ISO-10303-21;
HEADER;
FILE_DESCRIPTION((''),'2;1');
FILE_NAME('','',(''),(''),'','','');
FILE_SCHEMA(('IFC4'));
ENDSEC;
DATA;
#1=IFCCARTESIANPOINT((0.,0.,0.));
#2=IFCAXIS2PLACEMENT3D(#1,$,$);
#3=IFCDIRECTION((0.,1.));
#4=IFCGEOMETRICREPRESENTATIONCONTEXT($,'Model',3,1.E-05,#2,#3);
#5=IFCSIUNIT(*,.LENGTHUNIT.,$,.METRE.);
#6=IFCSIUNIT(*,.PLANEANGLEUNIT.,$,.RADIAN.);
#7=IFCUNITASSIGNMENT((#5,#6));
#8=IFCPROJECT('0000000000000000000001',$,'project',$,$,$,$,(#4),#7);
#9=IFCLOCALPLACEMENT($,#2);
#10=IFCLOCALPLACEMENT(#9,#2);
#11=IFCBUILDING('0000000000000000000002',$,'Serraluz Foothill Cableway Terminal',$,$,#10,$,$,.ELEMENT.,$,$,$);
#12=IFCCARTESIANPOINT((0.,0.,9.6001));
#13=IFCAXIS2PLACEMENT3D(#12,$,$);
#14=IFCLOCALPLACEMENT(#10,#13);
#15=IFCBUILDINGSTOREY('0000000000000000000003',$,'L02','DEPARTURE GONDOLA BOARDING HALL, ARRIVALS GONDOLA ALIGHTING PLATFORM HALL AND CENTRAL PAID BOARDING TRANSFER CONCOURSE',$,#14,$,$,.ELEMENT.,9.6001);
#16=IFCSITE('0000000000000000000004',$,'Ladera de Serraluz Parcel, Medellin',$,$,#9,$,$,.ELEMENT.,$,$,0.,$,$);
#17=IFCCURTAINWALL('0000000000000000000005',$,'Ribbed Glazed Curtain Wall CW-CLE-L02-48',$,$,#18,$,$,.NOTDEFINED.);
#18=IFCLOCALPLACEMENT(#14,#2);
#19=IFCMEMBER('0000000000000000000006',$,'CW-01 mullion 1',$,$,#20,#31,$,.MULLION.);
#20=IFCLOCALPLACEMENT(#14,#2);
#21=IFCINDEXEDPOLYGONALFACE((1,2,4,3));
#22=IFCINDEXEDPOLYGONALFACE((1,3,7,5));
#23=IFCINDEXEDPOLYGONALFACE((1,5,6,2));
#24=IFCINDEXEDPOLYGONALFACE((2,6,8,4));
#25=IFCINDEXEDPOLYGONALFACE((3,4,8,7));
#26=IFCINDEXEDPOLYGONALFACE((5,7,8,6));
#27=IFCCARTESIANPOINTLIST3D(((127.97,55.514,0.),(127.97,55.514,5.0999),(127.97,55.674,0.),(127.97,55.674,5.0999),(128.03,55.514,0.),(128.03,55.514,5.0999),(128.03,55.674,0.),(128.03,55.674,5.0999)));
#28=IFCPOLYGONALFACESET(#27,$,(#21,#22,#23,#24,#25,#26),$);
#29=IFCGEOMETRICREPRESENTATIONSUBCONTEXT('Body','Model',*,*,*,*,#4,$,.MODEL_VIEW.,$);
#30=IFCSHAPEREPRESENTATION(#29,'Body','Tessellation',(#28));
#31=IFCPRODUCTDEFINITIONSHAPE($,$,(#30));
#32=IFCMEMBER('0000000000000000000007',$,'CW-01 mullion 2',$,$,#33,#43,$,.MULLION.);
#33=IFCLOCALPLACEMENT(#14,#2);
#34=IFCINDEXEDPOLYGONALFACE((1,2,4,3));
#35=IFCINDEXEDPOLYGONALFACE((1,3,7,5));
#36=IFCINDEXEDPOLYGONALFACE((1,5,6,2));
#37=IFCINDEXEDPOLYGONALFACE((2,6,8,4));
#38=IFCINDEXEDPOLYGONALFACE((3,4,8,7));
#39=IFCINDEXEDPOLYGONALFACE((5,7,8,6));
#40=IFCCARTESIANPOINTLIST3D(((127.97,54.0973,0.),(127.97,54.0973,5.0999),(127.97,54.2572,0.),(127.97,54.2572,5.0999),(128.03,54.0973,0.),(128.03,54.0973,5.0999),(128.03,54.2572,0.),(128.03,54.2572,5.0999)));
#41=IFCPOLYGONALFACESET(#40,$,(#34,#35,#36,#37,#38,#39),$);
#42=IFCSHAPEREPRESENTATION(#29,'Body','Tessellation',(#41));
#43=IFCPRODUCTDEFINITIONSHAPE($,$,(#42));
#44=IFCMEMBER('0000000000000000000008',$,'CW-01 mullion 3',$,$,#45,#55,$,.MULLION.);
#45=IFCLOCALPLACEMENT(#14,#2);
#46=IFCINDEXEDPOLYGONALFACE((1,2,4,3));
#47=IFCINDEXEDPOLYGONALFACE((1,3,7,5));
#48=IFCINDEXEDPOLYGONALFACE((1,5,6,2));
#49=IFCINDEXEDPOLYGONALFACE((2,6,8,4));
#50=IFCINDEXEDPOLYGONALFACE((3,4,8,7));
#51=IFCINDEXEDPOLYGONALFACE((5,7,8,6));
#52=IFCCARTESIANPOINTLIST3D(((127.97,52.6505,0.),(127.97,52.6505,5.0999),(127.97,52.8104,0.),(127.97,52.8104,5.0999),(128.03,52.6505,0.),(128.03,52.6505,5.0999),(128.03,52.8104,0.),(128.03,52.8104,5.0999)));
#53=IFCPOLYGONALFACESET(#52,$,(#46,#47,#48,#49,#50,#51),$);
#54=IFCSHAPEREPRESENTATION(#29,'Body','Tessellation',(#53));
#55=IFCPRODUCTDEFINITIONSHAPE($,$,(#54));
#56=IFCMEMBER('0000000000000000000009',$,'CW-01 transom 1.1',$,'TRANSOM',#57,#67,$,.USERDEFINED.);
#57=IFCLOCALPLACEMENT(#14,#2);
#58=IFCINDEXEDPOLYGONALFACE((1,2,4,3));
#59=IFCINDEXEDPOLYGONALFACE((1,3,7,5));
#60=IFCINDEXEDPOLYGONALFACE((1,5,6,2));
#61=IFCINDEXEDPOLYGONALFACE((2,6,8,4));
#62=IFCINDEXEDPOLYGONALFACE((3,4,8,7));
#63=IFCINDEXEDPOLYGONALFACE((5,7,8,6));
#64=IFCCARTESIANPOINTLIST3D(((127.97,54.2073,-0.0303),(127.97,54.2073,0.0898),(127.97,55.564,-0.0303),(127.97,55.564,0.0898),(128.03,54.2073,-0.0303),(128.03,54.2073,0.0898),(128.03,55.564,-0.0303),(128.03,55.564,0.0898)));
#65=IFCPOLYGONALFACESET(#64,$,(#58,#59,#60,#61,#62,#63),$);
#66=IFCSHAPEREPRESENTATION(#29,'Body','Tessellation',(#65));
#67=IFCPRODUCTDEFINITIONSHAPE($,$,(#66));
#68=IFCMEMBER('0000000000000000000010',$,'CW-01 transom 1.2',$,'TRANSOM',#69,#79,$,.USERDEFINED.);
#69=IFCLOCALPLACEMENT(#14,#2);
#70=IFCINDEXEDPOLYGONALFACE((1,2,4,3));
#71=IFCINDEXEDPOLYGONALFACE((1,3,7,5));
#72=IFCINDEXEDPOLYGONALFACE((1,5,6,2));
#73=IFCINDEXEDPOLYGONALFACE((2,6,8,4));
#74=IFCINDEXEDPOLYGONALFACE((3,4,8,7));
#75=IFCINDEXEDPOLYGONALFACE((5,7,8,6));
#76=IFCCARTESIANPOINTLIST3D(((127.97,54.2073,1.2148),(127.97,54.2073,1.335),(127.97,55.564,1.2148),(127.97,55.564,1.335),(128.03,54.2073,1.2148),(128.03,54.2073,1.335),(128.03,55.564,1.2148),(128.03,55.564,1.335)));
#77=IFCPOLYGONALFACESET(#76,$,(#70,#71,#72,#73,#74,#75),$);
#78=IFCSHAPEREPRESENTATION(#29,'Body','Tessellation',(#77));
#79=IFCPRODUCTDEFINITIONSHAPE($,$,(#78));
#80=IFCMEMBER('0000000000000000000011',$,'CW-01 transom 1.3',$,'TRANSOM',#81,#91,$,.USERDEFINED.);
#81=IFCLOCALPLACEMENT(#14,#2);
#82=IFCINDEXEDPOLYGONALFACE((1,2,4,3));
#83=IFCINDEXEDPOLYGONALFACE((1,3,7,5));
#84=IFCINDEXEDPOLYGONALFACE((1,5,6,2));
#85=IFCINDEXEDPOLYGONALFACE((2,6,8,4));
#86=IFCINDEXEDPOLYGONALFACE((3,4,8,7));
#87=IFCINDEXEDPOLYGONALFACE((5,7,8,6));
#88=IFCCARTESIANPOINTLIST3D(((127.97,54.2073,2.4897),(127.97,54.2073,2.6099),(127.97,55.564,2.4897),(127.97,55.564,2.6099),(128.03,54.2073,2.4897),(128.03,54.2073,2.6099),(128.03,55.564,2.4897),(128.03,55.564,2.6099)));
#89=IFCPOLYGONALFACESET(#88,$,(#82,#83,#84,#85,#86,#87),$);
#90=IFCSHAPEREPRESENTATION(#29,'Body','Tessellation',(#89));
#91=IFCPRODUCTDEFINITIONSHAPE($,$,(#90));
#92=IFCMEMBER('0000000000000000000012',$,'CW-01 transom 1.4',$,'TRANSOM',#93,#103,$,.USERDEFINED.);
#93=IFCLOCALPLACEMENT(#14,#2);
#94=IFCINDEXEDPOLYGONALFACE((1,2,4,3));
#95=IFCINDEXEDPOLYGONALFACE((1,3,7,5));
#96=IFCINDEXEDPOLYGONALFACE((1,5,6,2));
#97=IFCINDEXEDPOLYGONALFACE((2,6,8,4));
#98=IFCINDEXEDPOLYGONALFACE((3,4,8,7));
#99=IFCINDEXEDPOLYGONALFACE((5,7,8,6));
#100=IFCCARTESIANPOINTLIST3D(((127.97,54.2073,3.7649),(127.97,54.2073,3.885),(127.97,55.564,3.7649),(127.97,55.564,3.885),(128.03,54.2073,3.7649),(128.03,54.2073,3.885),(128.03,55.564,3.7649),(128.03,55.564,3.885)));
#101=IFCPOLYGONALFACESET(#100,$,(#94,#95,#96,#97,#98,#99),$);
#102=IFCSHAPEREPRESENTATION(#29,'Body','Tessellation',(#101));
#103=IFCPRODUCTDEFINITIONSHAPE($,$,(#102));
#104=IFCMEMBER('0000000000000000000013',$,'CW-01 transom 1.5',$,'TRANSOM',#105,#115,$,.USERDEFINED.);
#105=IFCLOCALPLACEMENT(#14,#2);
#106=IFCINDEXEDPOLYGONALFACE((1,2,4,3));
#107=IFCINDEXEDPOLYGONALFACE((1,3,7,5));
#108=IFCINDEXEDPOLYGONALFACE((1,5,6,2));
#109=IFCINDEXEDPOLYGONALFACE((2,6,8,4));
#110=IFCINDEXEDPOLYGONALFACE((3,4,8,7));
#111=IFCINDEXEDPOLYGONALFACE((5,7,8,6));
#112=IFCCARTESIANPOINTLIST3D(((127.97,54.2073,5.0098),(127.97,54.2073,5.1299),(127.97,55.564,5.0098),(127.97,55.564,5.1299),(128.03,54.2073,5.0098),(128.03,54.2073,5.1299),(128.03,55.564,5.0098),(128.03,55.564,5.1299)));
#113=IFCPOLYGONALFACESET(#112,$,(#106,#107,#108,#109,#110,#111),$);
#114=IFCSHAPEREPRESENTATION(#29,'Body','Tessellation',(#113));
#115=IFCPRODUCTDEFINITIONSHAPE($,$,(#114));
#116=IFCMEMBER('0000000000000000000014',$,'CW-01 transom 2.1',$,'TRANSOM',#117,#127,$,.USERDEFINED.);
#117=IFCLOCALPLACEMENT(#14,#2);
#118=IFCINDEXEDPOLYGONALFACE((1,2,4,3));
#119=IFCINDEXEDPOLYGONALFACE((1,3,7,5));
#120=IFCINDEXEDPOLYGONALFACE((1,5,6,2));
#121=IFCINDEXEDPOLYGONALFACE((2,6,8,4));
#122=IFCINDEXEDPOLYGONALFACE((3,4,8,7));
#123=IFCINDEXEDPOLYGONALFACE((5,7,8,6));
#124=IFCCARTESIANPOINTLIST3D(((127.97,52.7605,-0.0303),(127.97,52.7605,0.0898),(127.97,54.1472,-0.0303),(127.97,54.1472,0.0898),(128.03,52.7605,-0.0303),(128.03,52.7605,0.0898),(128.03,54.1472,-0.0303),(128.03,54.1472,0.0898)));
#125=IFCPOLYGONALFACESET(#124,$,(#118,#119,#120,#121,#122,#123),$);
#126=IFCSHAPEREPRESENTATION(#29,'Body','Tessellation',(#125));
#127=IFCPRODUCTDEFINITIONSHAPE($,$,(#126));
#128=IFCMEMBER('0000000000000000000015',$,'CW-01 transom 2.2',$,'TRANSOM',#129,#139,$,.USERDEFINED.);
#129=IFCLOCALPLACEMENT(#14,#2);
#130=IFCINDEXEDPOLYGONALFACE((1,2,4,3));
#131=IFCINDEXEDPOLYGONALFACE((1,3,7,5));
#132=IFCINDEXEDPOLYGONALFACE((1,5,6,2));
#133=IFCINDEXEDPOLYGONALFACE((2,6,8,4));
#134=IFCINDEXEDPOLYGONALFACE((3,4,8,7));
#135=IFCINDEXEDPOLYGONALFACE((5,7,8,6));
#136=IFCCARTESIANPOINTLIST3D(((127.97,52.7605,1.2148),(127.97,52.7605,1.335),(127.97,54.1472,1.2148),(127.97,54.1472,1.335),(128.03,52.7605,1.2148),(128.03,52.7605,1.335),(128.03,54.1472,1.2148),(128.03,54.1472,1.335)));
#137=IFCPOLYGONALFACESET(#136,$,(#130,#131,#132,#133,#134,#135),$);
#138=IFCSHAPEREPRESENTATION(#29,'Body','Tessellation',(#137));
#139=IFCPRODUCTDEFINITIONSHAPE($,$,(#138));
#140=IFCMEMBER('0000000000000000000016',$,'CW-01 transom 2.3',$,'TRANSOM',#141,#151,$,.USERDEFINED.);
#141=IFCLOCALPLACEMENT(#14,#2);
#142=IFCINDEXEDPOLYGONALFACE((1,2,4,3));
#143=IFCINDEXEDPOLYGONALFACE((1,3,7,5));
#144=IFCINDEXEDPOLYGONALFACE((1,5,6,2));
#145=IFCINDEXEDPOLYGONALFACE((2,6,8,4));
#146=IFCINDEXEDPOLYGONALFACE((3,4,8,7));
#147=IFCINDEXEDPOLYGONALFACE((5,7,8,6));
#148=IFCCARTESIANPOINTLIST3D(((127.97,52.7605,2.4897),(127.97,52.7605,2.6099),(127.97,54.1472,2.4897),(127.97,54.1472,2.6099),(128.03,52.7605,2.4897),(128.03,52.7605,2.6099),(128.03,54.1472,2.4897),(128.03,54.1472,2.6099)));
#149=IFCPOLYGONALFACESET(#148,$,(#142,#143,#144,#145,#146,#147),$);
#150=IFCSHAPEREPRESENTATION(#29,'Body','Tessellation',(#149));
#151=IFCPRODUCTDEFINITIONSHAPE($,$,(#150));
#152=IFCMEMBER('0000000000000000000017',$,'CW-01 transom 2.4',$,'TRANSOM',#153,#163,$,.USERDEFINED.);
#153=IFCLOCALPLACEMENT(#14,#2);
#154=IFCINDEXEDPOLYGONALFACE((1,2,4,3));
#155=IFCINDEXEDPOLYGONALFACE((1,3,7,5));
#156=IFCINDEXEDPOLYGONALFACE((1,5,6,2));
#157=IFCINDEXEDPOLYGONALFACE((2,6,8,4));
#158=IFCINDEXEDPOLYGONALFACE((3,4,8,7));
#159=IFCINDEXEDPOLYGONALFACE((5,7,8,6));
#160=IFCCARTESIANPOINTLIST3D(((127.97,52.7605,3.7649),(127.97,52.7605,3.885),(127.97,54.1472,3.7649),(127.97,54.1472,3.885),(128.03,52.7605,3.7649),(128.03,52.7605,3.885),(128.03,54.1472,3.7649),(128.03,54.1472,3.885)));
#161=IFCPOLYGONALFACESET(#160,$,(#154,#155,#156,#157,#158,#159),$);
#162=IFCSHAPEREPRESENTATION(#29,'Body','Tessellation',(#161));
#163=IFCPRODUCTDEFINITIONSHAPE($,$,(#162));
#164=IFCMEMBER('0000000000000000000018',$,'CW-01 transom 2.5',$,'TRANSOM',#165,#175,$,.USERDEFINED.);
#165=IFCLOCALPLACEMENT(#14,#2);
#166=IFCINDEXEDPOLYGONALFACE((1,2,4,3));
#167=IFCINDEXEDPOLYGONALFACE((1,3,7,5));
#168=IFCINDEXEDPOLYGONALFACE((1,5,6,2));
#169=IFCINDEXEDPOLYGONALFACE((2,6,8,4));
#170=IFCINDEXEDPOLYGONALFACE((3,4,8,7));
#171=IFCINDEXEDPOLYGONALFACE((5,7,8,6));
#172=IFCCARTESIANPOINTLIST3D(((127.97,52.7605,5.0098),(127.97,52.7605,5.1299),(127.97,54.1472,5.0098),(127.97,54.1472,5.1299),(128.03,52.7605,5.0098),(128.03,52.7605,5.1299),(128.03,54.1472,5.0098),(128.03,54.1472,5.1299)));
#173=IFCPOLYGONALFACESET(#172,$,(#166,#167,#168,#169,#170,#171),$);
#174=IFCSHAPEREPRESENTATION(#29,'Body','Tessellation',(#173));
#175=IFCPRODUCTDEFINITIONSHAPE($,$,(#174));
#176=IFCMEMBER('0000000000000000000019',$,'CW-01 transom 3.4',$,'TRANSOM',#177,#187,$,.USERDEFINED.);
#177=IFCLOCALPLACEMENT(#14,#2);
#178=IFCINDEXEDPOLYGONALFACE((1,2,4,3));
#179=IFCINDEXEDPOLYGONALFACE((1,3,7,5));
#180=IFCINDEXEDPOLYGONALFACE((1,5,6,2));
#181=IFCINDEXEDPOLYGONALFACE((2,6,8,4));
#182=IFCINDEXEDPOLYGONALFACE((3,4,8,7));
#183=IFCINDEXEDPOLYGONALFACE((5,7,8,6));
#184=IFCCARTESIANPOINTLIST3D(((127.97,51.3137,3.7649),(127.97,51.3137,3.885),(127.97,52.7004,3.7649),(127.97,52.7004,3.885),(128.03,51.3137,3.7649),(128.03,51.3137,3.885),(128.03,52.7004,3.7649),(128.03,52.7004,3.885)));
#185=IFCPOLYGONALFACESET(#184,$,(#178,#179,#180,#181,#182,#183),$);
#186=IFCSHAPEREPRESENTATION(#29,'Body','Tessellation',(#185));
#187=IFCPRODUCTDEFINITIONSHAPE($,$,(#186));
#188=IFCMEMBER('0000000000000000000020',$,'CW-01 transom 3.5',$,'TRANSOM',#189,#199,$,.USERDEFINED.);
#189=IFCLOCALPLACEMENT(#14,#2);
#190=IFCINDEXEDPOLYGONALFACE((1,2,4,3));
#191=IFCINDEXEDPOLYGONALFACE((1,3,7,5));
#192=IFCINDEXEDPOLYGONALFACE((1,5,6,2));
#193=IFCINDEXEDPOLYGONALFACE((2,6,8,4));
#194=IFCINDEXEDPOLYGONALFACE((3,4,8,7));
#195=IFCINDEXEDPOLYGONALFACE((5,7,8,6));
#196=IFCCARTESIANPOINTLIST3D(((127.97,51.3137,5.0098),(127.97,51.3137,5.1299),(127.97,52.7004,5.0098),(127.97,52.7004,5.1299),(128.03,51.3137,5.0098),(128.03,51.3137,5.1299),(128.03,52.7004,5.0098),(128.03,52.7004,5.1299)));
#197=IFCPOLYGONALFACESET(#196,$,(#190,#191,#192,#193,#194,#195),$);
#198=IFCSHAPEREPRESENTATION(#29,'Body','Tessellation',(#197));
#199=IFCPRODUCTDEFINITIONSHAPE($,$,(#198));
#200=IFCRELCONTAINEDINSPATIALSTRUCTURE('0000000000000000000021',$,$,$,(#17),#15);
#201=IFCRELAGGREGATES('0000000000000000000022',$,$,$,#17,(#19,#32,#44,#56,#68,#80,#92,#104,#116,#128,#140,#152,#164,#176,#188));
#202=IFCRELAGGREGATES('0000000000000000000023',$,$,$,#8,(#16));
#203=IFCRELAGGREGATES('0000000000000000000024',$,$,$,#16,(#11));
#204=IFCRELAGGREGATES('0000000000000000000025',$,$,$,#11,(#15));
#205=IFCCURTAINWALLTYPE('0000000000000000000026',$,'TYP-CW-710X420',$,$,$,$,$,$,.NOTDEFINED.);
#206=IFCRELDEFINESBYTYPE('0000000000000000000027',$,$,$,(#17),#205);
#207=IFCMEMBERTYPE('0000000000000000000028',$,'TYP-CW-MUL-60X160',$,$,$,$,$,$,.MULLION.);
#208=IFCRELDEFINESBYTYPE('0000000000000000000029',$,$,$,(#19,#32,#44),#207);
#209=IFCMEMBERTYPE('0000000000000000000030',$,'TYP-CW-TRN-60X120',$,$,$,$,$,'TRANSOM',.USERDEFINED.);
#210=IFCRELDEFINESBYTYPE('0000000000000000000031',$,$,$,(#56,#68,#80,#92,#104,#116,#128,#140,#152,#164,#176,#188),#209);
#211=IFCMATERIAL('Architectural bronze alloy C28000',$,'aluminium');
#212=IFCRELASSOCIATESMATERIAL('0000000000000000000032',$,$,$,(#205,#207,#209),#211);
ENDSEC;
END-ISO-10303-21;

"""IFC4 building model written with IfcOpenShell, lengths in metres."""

from ifc_helpers import new_model, si_unit, direction, frame, origin, origin_2d, place, context, subcontext, project, spatial, rectangle, extrude, material, material_profile, profile_set, type_object, element, aggregate, save


model = new_model("IFC4")

# Units and contexts
model_context = context("Model", 3, precision=1e-05, world=origin(), true_north=direction((0.0, 1.0)))
body_context = subcontext(model_context, "Body", "Model", "MODEL_VIEW")
ifc_project = project(units=[si_unit("LENGTHUNIT", "METRE"), si_unit("PLANEANGLEUNIT", "RADIAN")], contexts=[model_context])

# Site, building, storey
site_placement = place(None, origin())
site = spatial("IfcSite", under=ifc_project, at=site_placement, Name="Ladera de Serraluz Parcel, Medellin", CompositionType="ELEMENT", RefElevation=0.0)
building_placement = place(site_placement, origin())
building = spatial("IfcBuilding", under=site, at=building_placement, Name="Serraluz Foothill Cableway Terminal", CompositionType="ELEMENT")
storey_placement = place(building_placement, frame((0.0, 0.0, 9.6001)))
storey = spatial("IfcBuildingStorey", under=building, at=storey_placement, Name="L02", Description="DEPARTURE GONDOLA BOARDING HALL, ARRIVALS GONDOLA ALIGHTING PLATFORM HALL AND CENTRAL PAID BOARDING TRANSFER CONCOURSE", CompositionType="ELEMENT", Elevation=9.6001)

# Curtain wall, members
ifc_material_1 = material(Name="Architectural bronze alloy C28000", Category="aluminium")
curtain_wall_type = type_object("IfcCurtainWallType", Name="TYP-CW-710X420", PredefinedType="NOTDEFINED", material=ifc_material_1)
curtain_wall_placement = place(storey_placement, origin())
curtain_wall = element("IfcCurtainWall", 1, at=curtain_wall_placement, inside=storey, type_object=curtain_wall_type, Name="Ribbed Glazed Curtain Wall CW-CLE-L02-48", PredefinedType="NOTDEFINED")
ifc_material_profile_1 = material_profile(ifc_material_1, rectangle(XDim=0.0601, YDim=0.1599, at=origin_2d()), Name="ALU MULLION 60x160")
ifc_profile_set_1 = profile_set([ifc_material_profile_1], Name="Architectural bronze alloy C28000")
member_type_1 = type_object("IfcMemberType", Name="TYP-CW-MUL-60X160", PredefinedType="MULLION", material=ifc_profile_set_1)
member_1_placement = place(storey_placement, frame((128.0, 55.594, 0.0), z_axis=(0.0, 0.0, 1.0), x_axis=(1.0, 0.0, 0.0)))
member_1 = element("IfcMember", 2, at=member_1_placement, type_object=member_type_1, Name="CW-01 mullion 1", PredefinedType="MULLION", context=body_context, shape_type="SweptSolid", body=[
    extrude(rectangle(XDim=0.0601, YDim=0.1599, at=origin_2d()), origin(), (0.0, 0.0, 1.0), 5.0999),
])
member_2_placement = place(storey_placement, frame((128.0, 54.1772, 0.0), z_axis=(0.0, 0.0, 1.0), x_axis=(1.0, 0.0, 0.0)))
member_2 = element("IfcMember", 3, at=member_2_placement, type_object=member_type_1, Name="CW-01 mullion 2", PredefinedType="MULLION", context=body_context, shape_type="SweptSolid", body=[
    extrude(rectangle(XDim=0.0601, YDim=0.1599, at=origin_2d()), origin(), (0.0, 0.0, 1.0), 5.0999),
])
member_3_placement = place(storey_placement, frame((128.0, 52.7305, 0.0), z_axis=(0.0, 0.0, 1.0), x_axis=(1.0, 0.0, 0.0)))
member_3 = element("IfcMember", 4, at=member_3_placement, type_object=member_type_1, Name="CW-01 mullion 3", PredefinedType="MULLION", context=body_context, shape_type="SweptSolid", body=[
    extrude(rectangle(XDim=0.0601, YDim=0.1599, at=origin_2d()), origin(), (0.0, 0.0, 1.0), 5.0999),
])
ifc_material_profile_2 = material_profile(ifc_material_1, rectangle(XDim=0.0601, YDim=0.1201, at=origin_2d()), Name="ALU TRANSOM 60x120")
ifc_profile_set_2 = profile_set([ifc_material_profile_2], Name="Architectural bronze alloy C28000")
member_type_2 = type_object("IfcMemberType", Name="TYP-CW-TRN-60X120", ElementType="TRANSOM", PredefinedType="USERDEFINED", material=ifc_profile_set_2)
member_4_placement = place(storey_placement, frame((128.0, 55.564, 0.0298), z_axis=(0.0, -1.0, 0.0), x_axis=(1.0, 0.0, 0.0)))
member_4 = element("IfcMember", 5, at=member_4_placement, type_object=member_type_2, Name="CW-01 transom 1.1", ObjectType="TRANSOM", PredefinedType="USERDEFINED", context=body_context, shape_type="SweptSolid", body=[
    extrude(rectangle(XDim=0.0601, YDim=0.1201, at=origin_2d()), origin(), (0.0, 0.0, 1.0), 1.3567),
])
member_5_placement = place(storey_placement, frame((128.0, 55.564, 1.2749), z_axis=(0.0, -1.0, 0.0), x_axis=(1.0, 0.0, 0.0)))
member_5 = element("IfcMember", 6, at=member_5_placement, type_object=member_type_2, Name="CW-01 transom 1.2", ObjectType="TRANSOM", PredefinedType="USERDEFINED", context=body_context, shape_type="SweptSolid", body=[
    extrude(rectangle(XDim=0.0601, YDim=0.1201, at=origin_2d()), origin(), (0.0, 0.0, 1.0), 1.3567),
])
member_6_placement = place(storey_placement, frame((128.0, 55.564, 2.5498), z_axis=(0.0, -1.0, 0.0), x_axis=(1.0, 0.0, 0.0)))
member_6 = element("IfcMember", 7, at=member_6_placement, type_object=member_type_2, Name="CW-01 transom 1.3", ObjectType="TRANSOM", PredefinedType="USERDEFINED", context=body_context, shape_type="SweptSolid", body=[
    extrude(rectangle(XDim=0.0601, YDim=0.1201, at=origin_2d()), origin(), (0.0, 0.0, 1.0), 1.3567),
])
member_7_placement = place(storey_placement, frame((128.0, 55.564, 3.825), z_axis=(0.0, -1.0, 0.0), x_axis=(1.0, 0.0, 0.0)))
member_7 = element("IfcMember", 8, at=member_7_placement, type_object=member_type_2, Name="CW-01 transom 1.4", ObjectType="TRANSOM", PredefinedType="USERDEFINED", context=body_context, shape_type="SweptSolid", body=[
    extrude(rectangle(XDim=0.0601, YDim=0.1201, at=origin_2d()), origin(), (0.0, 0.0, 1.0), 1.3567),
])
member_8_placement = place(storey_placement, frame((128.0, 55.564, 5.0698), z_axis=(0.0, -1.0, 0.0), x_axis=(1.0, 0.0, 0.0)))
member_8 = element("IfcMember", 9, at=member_8_placement, type_object=member_type_2, Name="CW-01 transom 1.5", ObjectType="TRANSOM", PredefinedType="USERDEFINED", context=body_context, shape_type="SweptSolid", body=[
    extrude(rectangle(XDim=0.0601, YDim=0.1201, at=origin_2d()), origin(), (0.0, 0.0, 1.0), 1.3567),
])
member_9_placement = place(storey_placement, frame((128.0, 54.1472, 0.0298), z_axis=(0.0, -1.0, 0.0), x_axis=(1.0, 0.0, 0.0)))
member_9 = element("IfcMember", 10, at=member_9_placement, type_object=member_type_2, Name="CW-01 transom 2.1", ObjectType="TRANSOM", PredefinedType="USERDEFINED", context=body_context, shape_type="SweptSolid", body=[
    extrude(rectangle(XDim=0.0601, YDim=0.1201, at=origin_2d()), origin(), (0.0, 0.0, 1.0), 1.3867),
])
member_10_placement = place(storey_placement, frame((128.0, 54.1472, 1.2749), z_axis=(0.0, -1.0, 0.0), x_axis=(1.0, 0.0, 0.0)))
member_10 = element("IfcMember", 11, at=member_10_placement, type_object=member_type_2, Name="CW-01 transom 2.2", ObjectType="TRANSOM", PredefinedType="USERDEFINED", context=body_context, shape_type="SweptSolid", body=[
    extrude(rectangle(XDim=0.0601, YDim=0.1201, at=origin_2d()), origin(), (0.0, 0.0, 1.0), 1.3867),
])
member_11_placement = place(storey_placement, frame((128.0, 54.1472, 2.5498), z_axis=(0.0, -1.0, 0.0), x_axis=(1.0, 0.0, 0.0)))
member_11 = element("IfcMember", 12, at=member_11_placement, type_object=member_type_2, Name="CW-01 transom 2.3", ObjectType="TRANSOM", PredefinedType="USERDEFINED", context=body_context, shape_type="SweptSolid", body=[
    extrude(rectangle(XDim=0.0601, YDim=0.1201, at=origin_2d()), origin(), (0.0, 0.0, 1.0), 1.3867),
])
member_12_placement = place(storey_placement, frame((128.0, 54.1472, 3.825), z_axis=(0.0, -1.0, 0.0), x_axis=(1.0, 0.0, 0.0)))
member_12 = element("IfcMember", 13, at=member_12_placement, type_object=member_type_2, Name="CW-01 transom 2.4", ObjectType="TRANSOM", PredefinedType="USERDEFINED", context=body_context, shape_type="SweptSolid", body=[
    extrude(rectangle(XDim=0.0601, YDim=0.1201, at=origin_2d()), origin(), (0.0, 0.0, 1.0), 1.3867),
])
member_13_placement = place(storey_placement, frame((128.0, 54.1472, 5.0698), z_axis=(0.0, -1.0, 0.0), x_axis=(1.0, 0.0, 0.0)))
member_13 = element("IfcMember", 14, at=member_13_placement, type_object=member_type_2, Name="CW-01 transom 2.5", ObjectType="TRANSOM", PredefinedType="USERDEFINED", context=body_context, shape_type="SweptSolid", body=[
    extrude(rectangle(XDim=0.0601, YDim=0.1201, at=origin_2d()), origin(), (0.0, 0.0, 1.0), 1.3867),
])
member_14_placement = place(storey_placement, frame((128.0, 52.7004, 3.825), z_axis=(0.0, -1.0, 0.0), x_axis=(1.0, 0.0, 0.0)))
member_14 = element("IfcMember", 15, at=member_14_placement, type_object=member_type_2, Name="CW-01 transom 3.4", ObjectType="TRANSOM", PredefinedType="USERDEFINED", context=body_context, shape_type="SweptSolid", body=[
    extrude(rectangle(XDim=0.0601, YDim=0.1201, at=origin_2d()), origin(), (0.0, 0.0, 1.0), 1.3867),
])
member_15_placement = place(storey_placement, frame((128.0, 52.7004, 5.0698), z_axis=(0.0, -1.0, 0.0), x_axis=(1.0, 0.0, 0.0)))
member_15 = element("IfcMember", 16, at=member_15_placement, type_object=member_type_2, Name="CW-01 transom 3.5", ObjectType="TRANSOM", PredefinedType="USERDEFINED", context=body_context, shape_type="SweptSolid", body=[
    extrude(rectangle(XDim=0.0601, YDim=0.1201, at=origin_2d()), origin(), (0.0, 0.0, 1.0), 1.3867),
])
aggregate(curtain_wall, [member_1, member_2, member_3, member_4, member_5, member_6, member_7, member_8, member_9, member_10, member_11, member_12, member_13, member_14, member_15])

save(model, "model.ifc")
